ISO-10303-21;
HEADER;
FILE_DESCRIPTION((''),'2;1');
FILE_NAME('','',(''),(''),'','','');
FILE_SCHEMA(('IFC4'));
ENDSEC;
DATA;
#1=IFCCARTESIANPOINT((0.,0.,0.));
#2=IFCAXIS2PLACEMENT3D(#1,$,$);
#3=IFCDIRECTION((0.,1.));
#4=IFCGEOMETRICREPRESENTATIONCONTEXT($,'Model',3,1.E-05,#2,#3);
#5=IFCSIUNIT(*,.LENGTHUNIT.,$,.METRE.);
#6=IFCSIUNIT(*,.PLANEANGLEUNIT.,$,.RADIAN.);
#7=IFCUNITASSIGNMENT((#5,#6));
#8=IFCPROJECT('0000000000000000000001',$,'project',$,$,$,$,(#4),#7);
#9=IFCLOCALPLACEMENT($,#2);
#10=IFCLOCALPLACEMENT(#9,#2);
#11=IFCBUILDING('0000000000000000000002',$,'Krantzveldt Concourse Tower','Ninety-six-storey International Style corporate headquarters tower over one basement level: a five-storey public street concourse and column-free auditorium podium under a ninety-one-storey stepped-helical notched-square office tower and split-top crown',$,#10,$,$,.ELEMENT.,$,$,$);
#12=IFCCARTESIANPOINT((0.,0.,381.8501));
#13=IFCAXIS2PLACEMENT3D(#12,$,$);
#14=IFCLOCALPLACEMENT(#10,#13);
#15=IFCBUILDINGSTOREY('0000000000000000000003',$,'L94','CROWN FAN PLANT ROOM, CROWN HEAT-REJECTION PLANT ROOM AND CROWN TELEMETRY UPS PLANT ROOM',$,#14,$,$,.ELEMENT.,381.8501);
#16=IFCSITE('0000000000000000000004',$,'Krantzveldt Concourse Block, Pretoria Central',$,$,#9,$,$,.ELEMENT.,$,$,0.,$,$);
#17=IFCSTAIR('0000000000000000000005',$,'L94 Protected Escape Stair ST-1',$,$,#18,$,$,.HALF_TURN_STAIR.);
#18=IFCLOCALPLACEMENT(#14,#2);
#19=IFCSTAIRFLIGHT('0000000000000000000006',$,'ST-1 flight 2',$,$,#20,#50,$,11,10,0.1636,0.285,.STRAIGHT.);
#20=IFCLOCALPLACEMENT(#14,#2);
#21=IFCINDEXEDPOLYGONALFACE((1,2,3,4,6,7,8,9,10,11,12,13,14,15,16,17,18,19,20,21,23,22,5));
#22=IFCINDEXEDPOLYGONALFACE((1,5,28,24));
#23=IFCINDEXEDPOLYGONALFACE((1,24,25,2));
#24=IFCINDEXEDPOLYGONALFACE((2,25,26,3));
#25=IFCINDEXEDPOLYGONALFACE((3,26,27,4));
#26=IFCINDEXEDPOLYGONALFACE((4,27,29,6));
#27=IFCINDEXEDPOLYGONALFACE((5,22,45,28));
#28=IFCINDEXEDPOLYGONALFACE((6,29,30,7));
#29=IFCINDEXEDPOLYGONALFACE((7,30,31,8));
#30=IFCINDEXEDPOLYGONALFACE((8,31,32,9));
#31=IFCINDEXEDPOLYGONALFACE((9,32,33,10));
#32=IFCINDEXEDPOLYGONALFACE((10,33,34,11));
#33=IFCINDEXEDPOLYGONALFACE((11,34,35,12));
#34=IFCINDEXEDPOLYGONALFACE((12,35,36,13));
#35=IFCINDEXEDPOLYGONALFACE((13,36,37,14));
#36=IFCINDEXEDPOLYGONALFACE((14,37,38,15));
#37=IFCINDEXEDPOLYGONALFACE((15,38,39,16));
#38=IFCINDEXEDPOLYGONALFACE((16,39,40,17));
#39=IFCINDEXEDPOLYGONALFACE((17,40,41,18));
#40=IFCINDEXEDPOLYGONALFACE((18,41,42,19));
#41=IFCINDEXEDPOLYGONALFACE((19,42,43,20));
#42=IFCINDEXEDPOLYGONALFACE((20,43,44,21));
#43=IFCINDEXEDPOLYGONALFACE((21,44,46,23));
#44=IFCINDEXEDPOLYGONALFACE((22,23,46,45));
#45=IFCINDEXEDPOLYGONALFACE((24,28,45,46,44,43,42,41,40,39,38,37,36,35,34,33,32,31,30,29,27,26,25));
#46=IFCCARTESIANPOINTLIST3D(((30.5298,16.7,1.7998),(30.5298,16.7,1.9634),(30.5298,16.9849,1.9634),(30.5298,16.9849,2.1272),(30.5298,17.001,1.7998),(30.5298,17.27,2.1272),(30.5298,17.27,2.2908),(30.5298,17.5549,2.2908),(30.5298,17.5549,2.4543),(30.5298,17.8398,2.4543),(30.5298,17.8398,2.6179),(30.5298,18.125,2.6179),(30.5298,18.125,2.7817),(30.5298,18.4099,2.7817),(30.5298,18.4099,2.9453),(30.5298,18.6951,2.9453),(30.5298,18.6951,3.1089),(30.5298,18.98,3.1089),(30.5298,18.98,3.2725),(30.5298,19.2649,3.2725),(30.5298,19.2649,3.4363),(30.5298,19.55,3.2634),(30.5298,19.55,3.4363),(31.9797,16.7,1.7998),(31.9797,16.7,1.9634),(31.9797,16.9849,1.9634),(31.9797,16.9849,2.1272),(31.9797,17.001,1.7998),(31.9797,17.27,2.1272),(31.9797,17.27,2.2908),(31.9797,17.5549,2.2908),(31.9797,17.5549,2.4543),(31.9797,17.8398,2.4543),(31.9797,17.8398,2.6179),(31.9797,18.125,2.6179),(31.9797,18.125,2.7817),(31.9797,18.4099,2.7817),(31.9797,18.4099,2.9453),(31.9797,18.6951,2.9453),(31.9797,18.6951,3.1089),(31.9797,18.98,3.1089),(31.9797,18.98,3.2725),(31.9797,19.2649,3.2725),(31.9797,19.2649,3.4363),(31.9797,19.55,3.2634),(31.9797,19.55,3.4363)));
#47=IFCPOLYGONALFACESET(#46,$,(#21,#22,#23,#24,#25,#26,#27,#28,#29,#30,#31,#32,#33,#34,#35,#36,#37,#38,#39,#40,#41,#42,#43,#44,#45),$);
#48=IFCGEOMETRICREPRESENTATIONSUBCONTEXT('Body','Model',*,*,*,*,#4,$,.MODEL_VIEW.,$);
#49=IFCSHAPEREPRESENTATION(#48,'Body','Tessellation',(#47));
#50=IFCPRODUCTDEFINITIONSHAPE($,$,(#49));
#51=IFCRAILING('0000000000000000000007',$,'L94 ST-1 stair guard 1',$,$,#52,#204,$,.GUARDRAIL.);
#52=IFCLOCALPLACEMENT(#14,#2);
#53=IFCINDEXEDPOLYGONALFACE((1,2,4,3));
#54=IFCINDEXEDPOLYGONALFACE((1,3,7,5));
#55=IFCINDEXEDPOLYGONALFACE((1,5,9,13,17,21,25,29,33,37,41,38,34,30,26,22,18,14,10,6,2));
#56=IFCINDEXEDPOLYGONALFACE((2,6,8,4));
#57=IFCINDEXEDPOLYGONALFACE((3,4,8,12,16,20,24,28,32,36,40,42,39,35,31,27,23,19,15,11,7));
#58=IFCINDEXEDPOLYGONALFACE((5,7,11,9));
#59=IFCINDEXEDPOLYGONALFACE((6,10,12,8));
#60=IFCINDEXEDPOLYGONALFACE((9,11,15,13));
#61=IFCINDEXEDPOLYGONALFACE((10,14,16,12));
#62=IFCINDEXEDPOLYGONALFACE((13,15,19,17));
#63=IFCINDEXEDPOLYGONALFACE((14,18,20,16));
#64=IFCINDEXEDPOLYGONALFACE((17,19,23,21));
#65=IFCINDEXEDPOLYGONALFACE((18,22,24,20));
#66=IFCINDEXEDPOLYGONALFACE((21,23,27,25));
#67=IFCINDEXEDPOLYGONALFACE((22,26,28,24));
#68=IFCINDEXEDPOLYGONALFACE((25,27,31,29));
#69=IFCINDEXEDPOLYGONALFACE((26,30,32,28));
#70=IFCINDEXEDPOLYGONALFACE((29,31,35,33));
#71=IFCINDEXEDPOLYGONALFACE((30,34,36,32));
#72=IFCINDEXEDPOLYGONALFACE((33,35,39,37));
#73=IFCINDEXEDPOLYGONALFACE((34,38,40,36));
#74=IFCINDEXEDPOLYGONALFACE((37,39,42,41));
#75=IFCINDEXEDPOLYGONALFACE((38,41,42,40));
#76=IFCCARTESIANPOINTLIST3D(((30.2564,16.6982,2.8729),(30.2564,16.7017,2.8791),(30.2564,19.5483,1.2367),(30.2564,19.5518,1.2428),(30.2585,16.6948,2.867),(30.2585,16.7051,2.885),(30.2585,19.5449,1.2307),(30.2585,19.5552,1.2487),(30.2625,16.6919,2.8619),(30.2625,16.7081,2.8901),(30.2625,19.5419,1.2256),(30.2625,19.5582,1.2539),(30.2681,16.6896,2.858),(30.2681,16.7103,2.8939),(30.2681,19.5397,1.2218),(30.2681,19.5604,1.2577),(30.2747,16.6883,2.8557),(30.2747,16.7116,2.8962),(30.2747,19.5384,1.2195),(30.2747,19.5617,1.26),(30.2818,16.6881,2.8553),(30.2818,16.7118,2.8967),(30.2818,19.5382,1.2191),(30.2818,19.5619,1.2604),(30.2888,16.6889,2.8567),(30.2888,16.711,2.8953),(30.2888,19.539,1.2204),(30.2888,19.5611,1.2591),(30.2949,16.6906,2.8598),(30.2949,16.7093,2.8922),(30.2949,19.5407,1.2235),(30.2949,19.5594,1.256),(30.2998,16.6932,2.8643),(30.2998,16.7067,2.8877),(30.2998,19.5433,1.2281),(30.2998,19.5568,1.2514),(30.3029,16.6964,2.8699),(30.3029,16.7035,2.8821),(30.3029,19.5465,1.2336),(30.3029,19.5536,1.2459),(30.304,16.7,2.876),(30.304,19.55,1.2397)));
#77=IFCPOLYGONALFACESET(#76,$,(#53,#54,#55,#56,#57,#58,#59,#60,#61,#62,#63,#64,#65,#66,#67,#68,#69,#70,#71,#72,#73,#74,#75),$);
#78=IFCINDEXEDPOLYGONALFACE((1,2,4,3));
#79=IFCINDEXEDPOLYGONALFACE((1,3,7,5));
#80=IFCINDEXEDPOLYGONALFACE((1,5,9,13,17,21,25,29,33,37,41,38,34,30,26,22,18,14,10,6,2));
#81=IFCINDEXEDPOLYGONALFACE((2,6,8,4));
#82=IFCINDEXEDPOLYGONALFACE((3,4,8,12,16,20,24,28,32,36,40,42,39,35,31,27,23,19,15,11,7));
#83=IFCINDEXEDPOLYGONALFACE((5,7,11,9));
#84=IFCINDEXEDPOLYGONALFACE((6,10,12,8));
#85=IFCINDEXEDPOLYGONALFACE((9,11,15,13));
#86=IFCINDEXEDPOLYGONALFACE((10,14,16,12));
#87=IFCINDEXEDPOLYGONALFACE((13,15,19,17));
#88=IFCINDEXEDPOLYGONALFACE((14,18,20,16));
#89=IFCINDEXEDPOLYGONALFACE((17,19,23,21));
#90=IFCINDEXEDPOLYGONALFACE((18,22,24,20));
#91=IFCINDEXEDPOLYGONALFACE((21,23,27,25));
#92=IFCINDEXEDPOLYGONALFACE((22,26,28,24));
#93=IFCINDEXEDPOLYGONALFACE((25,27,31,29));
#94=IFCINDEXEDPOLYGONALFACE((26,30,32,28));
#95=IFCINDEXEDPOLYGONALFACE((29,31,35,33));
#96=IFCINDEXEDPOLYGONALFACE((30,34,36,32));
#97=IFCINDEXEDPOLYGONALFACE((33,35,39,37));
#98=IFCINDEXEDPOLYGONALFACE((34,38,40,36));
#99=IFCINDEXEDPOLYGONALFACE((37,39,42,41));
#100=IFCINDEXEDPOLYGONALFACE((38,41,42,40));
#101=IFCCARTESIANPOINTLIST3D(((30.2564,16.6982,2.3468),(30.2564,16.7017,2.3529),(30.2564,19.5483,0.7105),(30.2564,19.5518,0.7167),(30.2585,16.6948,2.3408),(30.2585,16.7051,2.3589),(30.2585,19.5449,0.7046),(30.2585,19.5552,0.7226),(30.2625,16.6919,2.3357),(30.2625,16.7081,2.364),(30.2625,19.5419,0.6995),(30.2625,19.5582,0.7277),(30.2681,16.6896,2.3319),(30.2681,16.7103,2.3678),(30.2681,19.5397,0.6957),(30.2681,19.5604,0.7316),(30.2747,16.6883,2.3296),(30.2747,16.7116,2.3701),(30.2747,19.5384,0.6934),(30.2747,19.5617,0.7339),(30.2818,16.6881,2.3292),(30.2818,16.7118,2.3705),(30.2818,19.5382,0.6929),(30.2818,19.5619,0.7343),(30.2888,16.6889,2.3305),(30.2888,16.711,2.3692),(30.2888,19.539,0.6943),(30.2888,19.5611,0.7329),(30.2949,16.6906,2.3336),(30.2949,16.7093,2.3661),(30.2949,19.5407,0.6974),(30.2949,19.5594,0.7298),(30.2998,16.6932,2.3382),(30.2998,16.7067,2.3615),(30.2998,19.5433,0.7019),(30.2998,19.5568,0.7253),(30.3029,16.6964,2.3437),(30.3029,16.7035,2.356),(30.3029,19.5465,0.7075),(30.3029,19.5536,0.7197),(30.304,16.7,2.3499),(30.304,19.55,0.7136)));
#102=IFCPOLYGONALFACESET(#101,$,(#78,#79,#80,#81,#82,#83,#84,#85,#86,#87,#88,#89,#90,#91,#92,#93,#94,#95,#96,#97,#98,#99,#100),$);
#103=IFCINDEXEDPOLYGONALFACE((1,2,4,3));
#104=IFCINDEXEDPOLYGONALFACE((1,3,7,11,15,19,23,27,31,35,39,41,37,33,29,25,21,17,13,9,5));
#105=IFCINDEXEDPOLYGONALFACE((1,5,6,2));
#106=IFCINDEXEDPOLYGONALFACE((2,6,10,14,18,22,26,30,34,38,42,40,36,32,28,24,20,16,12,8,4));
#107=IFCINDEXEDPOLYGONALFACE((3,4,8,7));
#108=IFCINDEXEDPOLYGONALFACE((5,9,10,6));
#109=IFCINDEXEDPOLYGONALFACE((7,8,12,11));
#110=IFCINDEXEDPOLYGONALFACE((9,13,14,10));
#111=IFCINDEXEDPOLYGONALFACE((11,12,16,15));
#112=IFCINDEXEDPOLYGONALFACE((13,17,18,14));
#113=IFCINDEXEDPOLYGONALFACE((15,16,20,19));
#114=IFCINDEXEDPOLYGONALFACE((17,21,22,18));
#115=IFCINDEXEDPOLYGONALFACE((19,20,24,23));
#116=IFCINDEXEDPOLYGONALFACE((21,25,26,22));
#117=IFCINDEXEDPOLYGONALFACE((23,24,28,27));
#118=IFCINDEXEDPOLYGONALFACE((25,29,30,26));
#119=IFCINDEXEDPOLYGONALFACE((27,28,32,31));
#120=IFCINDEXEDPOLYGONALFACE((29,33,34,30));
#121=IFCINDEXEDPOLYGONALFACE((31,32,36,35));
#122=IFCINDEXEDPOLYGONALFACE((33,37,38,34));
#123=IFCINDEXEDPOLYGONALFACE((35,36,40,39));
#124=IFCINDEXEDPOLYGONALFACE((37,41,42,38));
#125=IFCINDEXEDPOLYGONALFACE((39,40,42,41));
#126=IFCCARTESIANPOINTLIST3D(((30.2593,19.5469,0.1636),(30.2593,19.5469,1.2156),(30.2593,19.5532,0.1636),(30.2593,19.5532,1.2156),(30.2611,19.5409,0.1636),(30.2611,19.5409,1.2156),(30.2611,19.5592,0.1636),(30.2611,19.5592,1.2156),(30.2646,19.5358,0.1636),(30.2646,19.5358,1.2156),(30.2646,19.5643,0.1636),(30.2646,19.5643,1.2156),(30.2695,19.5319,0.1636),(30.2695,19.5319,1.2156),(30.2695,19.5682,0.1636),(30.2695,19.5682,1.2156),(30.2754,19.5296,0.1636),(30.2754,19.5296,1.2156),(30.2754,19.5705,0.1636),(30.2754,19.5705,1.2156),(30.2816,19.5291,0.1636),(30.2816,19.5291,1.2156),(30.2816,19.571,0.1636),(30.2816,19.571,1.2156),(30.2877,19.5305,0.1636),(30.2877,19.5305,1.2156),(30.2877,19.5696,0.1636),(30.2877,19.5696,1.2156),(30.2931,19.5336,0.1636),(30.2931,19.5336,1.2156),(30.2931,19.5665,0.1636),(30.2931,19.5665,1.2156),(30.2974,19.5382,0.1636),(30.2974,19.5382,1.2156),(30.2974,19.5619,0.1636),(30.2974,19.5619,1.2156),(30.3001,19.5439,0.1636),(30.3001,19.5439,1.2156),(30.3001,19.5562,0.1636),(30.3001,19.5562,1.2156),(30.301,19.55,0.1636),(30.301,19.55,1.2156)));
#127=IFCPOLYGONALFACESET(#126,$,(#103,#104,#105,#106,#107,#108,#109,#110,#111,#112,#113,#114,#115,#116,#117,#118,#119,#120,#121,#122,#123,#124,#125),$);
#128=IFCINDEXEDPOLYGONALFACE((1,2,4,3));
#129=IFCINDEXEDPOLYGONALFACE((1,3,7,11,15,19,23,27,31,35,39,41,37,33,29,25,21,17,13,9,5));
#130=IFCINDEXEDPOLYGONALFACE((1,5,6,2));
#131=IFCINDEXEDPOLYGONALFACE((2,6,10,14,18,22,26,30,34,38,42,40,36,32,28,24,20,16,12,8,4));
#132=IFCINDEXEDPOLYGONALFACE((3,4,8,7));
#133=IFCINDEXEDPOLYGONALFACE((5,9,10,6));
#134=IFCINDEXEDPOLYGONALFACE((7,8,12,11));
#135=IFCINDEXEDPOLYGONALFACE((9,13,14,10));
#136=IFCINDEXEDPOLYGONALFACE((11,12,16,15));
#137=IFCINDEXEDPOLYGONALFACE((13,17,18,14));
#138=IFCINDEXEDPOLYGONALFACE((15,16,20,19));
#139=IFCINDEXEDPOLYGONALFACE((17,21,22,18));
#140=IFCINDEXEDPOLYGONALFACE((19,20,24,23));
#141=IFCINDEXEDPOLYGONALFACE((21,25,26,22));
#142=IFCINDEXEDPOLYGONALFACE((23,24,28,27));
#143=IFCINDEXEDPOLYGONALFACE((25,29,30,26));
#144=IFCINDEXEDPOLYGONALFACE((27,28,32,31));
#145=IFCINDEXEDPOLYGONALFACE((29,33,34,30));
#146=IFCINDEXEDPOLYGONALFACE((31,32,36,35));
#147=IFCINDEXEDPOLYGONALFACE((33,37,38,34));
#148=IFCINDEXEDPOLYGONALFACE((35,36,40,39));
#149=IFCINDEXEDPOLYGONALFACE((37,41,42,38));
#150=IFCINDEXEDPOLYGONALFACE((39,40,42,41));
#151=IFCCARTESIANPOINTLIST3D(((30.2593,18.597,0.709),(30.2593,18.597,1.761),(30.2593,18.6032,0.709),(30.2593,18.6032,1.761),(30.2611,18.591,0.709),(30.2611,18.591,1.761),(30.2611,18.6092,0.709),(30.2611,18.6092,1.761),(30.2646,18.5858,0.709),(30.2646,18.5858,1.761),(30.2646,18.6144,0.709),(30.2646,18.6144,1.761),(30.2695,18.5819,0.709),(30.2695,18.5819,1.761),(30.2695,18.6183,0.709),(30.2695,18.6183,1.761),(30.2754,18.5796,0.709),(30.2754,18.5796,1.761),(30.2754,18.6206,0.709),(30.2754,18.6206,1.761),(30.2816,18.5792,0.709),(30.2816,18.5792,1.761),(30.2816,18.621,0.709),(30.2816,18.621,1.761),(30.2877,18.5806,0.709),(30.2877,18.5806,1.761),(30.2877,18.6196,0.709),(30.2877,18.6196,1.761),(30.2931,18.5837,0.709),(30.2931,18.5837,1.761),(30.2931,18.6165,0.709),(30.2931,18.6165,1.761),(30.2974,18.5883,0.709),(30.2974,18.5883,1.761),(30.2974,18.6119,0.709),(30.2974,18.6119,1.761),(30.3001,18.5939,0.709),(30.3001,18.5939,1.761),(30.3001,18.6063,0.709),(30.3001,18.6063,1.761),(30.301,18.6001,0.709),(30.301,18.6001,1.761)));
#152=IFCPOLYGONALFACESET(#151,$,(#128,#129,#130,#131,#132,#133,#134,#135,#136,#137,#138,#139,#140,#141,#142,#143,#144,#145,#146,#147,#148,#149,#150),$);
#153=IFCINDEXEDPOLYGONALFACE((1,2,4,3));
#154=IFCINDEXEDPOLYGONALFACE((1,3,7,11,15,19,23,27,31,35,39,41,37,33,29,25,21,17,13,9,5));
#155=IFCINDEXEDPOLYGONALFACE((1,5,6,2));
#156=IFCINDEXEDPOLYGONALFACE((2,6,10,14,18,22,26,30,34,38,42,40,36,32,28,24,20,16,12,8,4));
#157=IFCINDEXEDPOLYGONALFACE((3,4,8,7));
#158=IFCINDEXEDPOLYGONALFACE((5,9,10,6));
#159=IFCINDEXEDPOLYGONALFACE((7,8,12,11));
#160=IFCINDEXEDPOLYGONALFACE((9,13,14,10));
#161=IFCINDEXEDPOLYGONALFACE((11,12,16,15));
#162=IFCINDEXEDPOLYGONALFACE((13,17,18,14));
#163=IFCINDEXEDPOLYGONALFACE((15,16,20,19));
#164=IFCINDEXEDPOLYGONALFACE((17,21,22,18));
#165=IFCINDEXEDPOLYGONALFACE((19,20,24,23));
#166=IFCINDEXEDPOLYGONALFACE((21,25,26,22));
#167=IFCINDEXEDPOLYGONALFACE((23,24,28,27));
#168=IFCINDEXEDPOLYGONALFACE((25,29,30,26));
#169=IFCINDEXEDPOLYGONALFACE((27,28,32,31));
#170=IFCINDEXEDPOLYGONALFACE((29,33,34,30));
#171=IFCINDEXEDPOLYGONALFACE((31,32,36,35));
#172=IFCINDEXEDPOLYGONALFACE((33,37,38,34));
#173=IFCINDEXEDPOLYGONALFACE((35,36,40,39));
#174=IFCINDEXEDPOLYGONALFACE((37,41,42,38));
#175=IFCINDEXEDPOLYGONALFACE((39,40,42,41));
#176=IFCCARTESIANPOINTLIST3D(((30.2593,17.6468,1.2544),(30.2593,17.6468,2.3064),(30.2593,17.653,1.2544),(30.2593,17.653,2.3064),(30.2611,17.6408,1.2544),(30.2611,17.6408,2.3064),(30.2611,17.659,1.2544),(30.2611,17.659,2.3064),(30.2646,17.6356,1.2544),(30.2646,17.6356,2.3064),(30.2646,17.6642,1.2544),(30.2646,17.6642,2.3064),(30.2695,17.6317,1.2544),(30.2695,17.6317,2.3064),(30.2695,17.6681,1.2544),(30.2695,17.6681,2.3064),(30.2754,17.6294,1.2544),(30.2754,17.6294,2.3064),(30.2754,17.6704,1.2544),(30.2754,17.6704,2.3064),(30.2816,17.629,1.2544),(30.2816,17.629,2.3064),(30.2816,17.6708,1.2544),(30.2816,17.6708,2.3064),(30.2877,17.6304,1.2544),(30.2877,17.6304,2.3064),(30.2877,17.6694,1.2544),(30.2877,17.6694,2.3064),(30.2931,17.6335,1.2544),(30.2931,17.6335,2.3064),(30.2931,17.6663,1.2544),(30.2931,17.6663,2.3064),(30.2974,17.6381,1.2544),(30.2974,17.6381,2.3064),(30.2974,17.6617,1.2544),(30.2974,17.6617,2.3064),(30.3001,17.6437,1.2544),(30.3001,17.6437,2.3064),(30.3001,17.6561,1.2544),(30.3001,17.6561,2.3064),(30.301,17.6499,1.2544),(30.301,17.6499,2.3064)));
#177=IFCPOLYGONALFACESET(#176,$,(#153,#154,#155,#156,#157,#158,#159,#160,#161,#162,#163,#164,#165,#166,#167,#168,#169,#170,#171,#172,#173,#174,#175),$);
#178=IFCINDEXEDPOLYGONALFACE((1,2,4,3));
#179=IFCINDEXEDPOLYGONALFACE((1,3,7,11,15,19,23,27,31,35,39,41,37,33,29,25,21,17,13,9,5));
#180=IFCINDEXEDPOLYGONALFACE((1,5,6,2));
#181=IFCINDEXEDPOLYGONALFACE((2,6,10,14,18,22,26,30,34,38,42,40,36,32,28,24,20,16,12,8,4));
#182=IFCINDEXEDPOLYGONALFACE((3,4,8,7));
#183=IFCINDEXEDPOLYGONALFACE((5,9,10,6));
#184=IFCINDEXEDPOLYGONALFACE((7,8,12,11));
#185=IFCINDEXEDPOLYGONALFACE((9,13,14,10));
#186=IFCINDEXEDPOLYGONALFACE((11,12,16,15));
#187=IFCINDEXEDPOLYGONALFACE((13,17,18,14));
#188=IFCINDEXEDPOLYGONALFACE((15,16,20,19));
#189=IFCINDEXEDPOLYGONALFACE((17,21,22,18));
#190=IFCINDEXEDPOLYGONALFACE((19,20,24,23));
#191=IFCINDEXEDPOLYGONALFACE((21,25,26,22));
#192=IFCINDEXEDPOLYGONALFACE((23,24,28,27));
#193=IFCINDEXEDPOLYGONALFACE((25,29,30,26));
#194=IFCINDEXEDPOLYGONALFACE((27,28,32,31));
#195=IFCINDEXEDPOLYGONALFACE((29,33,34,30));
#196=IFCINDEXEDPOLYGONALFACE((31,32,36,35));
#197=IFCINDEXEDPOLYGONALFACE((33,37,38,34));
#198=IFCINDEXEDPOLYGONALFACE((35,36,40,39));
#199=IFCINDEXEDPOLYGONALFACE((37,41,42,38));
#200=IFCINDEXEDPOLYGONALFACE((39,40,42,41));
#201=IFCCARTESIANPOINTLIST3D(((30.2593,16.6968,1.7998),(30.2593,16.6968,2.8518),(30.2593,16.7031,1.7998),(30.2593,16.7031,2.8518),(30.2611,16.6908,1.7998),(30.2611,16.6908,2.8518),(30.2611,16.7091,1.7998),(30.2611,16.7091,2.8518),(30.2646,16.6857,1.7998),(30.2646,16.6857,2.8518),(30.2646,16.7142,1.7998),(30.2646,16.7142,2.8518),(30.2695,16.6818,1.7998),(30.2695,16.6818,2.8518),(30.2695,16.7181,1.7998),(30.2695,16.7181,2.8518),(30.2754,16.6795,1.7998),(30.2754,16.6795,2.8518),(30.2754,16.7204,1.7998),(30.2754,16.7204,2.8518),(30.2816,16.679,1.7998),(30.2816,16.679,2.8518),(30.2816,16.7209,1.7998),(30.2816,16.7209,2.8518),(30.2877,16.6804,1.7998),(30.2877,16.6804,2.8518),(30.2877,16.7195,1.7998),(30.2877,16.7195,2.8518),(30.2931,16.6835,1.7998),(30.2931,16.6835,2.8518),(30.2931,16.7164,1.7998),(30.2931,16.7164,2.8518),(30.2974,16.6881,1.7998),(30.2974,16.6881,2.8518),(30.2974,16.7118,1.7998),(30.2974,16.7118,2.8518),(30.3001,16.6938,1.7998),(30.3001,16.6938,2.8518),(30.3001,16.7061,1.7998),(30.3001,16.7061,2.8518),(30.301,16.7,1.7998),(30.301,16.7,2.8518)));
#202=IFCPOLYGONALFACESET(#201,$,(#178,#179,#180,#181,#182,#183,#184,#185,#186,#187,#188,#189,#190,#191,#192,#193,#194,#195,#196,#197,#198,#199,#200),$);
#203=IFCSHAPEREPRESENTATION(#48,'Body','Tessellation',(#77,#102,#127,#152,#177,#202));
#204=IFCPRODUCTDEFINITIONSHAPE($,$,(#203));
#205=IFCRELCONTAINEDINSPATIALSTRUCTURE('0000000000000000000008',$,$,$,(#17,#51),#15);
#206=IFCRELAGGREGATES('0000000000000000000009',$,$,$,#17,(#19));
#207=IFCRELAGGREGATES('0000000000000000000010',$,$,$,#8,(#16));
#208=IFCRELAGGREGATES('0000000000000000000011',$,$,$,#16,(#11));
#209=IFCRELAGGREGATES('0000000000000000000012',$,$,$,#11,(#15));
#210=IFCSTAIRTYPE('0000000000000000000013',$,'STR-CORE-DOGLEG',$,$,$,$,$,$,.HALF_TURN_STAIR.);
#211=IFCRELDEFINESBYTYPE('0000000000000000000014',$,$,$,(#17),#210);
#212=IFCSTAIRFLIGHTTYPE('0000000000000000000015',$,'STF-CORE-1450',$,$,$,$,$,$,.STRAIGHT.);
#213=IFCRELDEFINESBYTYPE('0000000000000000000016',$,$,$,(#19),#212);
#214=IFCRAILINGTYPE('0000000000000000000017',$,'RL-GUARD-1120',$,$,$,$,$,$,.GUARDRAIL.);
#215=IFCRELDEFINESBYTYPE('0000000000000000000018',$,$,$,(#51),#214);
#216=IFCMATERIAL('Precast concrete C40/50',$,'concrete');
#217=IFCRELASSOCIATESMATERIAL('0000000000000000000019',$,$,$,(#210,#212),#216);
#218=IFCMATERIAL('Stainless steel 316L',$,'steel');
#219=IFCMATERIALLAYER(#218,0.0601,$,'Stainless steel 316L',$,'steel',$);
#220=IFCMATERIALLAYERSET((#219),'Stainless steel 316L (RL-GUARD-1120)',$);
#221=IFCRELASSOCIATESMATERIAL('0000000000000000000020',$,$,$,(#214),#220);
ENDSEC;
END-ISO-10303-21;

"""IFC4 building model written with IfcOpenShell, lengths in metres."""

from ifc_helpers import new_model, si_unit, direction, frame, origin, origin_2d, place, context, subcontext, project, spatial, polyline, circle, outline, extrude, material, layer, layer_set, type_object, element, aggregate, save


model = new_model("IFC4")

# Units and contexts
model_context = context("Model", 3, precision=1e-05, world=origin(), true_north=direction((0.0, 1.0)))
body_context = subcontext(model_context, "Body", "Model", "MODEL_VIEW")
ifc_project = project(units=[si_unit("LENGTHUNIT", "METRE"), si_unit("PLANEANGLEUNIT", "RADIAN")], contexts=[model_context])

# Site, building, storey
site_placement = place(None, origin())
site = spatial("IfcSite", under=ifc_project, at=site_placement, Name="Krantzveldt Concourse Block, Pretoria Central", CompositionType="ELEMENT", RefElevation=0.0)
building_placement = place(site_placement, origin())
building = spatial("IfcBuilding", under=site, at=building_placement, Name="Krantzveldt Concourse Tower", Description="Ninety-six-storey International Style corporate headquarters tower over one basement level: a five-storey public street concourse and column-free auditorium podium under a ninety-one-storey stepped-helical notched-square office tower and split-top crown", CompositionType="ELEMENT")
storey_placement = place(building_placement, frame((0.0, 0.0, 381.8501)))
storey = spatial("IfcBuildingStorey", under=building, at=storey_placement, Name="L94", Description="CROWN FAN PLANT ROOM, CROWN HEAT-REJECTION PLANT ROOM AND CROWN TELEMETRY UPS PLANT ROOM", CompositionType="ELEMENT", Elevation=381.8501)

# Stair, stair flight
ifc_material_1 = material(Name="Precast concrete C40/50", Category="concrete")
stair_type = type_object("IfcStairType", Name="STR-CORE-DOGLEG", PredefinedType="HALF_TURN_STAIR", material=ifc_material_1)
stair_placement = place(storey_placement, origin())
stair = element("IfcStair", 1, at=stair_placement, inside=storey, type_object=stair_type, Name="L94 Protected Escape Stair ST-1", PredefinedType="HALF_TURN_STAIR")
stair_flight_type = type_object("IfcStairFlightType", Name="STF-CORE-1450", PredefinedType="STRAIGHT", material=ifc_material_1)
stair_flight_1_placement = place(storey_placement, frame((31.2549, 16.7, 1.7998), z_axis=(0.0, 0.0, 1.0), x_axis=(0.0, 1.0, 0.0)))
stair_flight_1 = element("IfcStairFlight", 2, at=stair_flight_1_placement, type_object=stair_flight_type, Name="ST-1 flight 2", NumberOfRisers=11, NumberOfTreads=10, PredefinedType="STRAIGHT", RiserHeight=0.1636, TreadLength=0.285, context=body_context, shape_type="SweptSolid", body=[
    extrude(outline(polyline([(0.0, 0.0), (0.0, 0.1636), (0.2849, 0.1636), (0.2849, 0.3274), (0.5701, 0.3274), (0.5701, 0.491), (0.855, 0.491), (0.855, 0.6545), (1.1399, 0.6545), (1.1399, 0.8181), (1.425, 0.8181), (1.425, 0.9819), (1.71, 0.9819), (1.71, 1.1455), (1.9951, 1.1455), (1.9951, 1.3091), (2.28, 1.3091), (2.28, 1.4727), (2.5649, 1.4727), (2.5649, 1.6365), (2.8501, 1.6365), (2.8501, 1.8), (2.8501, 1.4636), (0.301, 0.0), (0.0, 0.0)])), frame((0.0, 0.7251, 0.0), z_axis=(0.0, -1.0, 0.0), x_axis=(1.0, 0.0, 0.0)), (0.0, 0.0, 1.0), 1.45),
])
aggregate(stair, [stair_flight_1])

# Railing
ifc_material_2 = material(Name="Stainless steel 316L", Category="steel")
ifc_layer_1 = layer(ifc_material_2, 0.0601, Name="Stainless steel 316L", Category="steel")
ifc_layer_set_1 = layer_set([ifc_layer_1], Name="Stainless steel 316L (RL-GUARD-1120)")
railing_type_1 = type_object("IfcRailingType", Name="RL-GUARD-1120", PredefinedType="GUARDRAIL", material=ifc_layer_set_1)
railing_1_placement = place(storey_placement, frame((30.28, 19.55, 0.1636)))
element("IfcRailing", 3, at=railing_1_placement, inside=storey, type_object=railing_type_1, Name="L94 ST-1 stair guard 1", PredefinedType="GUARDRAIL", context=body_context, shape_type="SweptSolid", body=[
    extrude(circle(Radius=0.0239, at=origin_2d()), frame((0.0, 0.0, 1.0762), z_axis=(0.0, -0.867245, 0.497882), x_axis=(1.0, 0.0, 0.0)), (0.0, 0.0, 1.0), 3.2864),
    extrude(circle(Radius=0.0239, at=origin_2d()), frame((0.0, 0.0, 0.55), z_axis=(0.0, -0.867245, 0.497882), x_axis=(1.0, 0.0, 0.0)), (0.0, 0.0, 1.0), 3.2864),
    extrude(circle(Radius=0.021, at=origin_2d()), origin(), (0.0, 0.0, 1.0), 1.052),
    extrude(circle(Radius=0.021, at=origin_2d()), frame((0.0, -0.95, 0.5454)), (0.0, 0.0, 1.0), 1.052),
    extrude(circle(Radius=0.021, at=origin_2d()), frame((0.0, -1.9001, 1.0908)), (0.0, 0.0, 1.0), 1.052),
    extrude(circle(Radius=0.021, at=origin_2d()), frame((0.0, -2.8501, 1.6362)), (0.0, 0.0, 1.0), 1.052),
])

save(model, "model.ifc")
